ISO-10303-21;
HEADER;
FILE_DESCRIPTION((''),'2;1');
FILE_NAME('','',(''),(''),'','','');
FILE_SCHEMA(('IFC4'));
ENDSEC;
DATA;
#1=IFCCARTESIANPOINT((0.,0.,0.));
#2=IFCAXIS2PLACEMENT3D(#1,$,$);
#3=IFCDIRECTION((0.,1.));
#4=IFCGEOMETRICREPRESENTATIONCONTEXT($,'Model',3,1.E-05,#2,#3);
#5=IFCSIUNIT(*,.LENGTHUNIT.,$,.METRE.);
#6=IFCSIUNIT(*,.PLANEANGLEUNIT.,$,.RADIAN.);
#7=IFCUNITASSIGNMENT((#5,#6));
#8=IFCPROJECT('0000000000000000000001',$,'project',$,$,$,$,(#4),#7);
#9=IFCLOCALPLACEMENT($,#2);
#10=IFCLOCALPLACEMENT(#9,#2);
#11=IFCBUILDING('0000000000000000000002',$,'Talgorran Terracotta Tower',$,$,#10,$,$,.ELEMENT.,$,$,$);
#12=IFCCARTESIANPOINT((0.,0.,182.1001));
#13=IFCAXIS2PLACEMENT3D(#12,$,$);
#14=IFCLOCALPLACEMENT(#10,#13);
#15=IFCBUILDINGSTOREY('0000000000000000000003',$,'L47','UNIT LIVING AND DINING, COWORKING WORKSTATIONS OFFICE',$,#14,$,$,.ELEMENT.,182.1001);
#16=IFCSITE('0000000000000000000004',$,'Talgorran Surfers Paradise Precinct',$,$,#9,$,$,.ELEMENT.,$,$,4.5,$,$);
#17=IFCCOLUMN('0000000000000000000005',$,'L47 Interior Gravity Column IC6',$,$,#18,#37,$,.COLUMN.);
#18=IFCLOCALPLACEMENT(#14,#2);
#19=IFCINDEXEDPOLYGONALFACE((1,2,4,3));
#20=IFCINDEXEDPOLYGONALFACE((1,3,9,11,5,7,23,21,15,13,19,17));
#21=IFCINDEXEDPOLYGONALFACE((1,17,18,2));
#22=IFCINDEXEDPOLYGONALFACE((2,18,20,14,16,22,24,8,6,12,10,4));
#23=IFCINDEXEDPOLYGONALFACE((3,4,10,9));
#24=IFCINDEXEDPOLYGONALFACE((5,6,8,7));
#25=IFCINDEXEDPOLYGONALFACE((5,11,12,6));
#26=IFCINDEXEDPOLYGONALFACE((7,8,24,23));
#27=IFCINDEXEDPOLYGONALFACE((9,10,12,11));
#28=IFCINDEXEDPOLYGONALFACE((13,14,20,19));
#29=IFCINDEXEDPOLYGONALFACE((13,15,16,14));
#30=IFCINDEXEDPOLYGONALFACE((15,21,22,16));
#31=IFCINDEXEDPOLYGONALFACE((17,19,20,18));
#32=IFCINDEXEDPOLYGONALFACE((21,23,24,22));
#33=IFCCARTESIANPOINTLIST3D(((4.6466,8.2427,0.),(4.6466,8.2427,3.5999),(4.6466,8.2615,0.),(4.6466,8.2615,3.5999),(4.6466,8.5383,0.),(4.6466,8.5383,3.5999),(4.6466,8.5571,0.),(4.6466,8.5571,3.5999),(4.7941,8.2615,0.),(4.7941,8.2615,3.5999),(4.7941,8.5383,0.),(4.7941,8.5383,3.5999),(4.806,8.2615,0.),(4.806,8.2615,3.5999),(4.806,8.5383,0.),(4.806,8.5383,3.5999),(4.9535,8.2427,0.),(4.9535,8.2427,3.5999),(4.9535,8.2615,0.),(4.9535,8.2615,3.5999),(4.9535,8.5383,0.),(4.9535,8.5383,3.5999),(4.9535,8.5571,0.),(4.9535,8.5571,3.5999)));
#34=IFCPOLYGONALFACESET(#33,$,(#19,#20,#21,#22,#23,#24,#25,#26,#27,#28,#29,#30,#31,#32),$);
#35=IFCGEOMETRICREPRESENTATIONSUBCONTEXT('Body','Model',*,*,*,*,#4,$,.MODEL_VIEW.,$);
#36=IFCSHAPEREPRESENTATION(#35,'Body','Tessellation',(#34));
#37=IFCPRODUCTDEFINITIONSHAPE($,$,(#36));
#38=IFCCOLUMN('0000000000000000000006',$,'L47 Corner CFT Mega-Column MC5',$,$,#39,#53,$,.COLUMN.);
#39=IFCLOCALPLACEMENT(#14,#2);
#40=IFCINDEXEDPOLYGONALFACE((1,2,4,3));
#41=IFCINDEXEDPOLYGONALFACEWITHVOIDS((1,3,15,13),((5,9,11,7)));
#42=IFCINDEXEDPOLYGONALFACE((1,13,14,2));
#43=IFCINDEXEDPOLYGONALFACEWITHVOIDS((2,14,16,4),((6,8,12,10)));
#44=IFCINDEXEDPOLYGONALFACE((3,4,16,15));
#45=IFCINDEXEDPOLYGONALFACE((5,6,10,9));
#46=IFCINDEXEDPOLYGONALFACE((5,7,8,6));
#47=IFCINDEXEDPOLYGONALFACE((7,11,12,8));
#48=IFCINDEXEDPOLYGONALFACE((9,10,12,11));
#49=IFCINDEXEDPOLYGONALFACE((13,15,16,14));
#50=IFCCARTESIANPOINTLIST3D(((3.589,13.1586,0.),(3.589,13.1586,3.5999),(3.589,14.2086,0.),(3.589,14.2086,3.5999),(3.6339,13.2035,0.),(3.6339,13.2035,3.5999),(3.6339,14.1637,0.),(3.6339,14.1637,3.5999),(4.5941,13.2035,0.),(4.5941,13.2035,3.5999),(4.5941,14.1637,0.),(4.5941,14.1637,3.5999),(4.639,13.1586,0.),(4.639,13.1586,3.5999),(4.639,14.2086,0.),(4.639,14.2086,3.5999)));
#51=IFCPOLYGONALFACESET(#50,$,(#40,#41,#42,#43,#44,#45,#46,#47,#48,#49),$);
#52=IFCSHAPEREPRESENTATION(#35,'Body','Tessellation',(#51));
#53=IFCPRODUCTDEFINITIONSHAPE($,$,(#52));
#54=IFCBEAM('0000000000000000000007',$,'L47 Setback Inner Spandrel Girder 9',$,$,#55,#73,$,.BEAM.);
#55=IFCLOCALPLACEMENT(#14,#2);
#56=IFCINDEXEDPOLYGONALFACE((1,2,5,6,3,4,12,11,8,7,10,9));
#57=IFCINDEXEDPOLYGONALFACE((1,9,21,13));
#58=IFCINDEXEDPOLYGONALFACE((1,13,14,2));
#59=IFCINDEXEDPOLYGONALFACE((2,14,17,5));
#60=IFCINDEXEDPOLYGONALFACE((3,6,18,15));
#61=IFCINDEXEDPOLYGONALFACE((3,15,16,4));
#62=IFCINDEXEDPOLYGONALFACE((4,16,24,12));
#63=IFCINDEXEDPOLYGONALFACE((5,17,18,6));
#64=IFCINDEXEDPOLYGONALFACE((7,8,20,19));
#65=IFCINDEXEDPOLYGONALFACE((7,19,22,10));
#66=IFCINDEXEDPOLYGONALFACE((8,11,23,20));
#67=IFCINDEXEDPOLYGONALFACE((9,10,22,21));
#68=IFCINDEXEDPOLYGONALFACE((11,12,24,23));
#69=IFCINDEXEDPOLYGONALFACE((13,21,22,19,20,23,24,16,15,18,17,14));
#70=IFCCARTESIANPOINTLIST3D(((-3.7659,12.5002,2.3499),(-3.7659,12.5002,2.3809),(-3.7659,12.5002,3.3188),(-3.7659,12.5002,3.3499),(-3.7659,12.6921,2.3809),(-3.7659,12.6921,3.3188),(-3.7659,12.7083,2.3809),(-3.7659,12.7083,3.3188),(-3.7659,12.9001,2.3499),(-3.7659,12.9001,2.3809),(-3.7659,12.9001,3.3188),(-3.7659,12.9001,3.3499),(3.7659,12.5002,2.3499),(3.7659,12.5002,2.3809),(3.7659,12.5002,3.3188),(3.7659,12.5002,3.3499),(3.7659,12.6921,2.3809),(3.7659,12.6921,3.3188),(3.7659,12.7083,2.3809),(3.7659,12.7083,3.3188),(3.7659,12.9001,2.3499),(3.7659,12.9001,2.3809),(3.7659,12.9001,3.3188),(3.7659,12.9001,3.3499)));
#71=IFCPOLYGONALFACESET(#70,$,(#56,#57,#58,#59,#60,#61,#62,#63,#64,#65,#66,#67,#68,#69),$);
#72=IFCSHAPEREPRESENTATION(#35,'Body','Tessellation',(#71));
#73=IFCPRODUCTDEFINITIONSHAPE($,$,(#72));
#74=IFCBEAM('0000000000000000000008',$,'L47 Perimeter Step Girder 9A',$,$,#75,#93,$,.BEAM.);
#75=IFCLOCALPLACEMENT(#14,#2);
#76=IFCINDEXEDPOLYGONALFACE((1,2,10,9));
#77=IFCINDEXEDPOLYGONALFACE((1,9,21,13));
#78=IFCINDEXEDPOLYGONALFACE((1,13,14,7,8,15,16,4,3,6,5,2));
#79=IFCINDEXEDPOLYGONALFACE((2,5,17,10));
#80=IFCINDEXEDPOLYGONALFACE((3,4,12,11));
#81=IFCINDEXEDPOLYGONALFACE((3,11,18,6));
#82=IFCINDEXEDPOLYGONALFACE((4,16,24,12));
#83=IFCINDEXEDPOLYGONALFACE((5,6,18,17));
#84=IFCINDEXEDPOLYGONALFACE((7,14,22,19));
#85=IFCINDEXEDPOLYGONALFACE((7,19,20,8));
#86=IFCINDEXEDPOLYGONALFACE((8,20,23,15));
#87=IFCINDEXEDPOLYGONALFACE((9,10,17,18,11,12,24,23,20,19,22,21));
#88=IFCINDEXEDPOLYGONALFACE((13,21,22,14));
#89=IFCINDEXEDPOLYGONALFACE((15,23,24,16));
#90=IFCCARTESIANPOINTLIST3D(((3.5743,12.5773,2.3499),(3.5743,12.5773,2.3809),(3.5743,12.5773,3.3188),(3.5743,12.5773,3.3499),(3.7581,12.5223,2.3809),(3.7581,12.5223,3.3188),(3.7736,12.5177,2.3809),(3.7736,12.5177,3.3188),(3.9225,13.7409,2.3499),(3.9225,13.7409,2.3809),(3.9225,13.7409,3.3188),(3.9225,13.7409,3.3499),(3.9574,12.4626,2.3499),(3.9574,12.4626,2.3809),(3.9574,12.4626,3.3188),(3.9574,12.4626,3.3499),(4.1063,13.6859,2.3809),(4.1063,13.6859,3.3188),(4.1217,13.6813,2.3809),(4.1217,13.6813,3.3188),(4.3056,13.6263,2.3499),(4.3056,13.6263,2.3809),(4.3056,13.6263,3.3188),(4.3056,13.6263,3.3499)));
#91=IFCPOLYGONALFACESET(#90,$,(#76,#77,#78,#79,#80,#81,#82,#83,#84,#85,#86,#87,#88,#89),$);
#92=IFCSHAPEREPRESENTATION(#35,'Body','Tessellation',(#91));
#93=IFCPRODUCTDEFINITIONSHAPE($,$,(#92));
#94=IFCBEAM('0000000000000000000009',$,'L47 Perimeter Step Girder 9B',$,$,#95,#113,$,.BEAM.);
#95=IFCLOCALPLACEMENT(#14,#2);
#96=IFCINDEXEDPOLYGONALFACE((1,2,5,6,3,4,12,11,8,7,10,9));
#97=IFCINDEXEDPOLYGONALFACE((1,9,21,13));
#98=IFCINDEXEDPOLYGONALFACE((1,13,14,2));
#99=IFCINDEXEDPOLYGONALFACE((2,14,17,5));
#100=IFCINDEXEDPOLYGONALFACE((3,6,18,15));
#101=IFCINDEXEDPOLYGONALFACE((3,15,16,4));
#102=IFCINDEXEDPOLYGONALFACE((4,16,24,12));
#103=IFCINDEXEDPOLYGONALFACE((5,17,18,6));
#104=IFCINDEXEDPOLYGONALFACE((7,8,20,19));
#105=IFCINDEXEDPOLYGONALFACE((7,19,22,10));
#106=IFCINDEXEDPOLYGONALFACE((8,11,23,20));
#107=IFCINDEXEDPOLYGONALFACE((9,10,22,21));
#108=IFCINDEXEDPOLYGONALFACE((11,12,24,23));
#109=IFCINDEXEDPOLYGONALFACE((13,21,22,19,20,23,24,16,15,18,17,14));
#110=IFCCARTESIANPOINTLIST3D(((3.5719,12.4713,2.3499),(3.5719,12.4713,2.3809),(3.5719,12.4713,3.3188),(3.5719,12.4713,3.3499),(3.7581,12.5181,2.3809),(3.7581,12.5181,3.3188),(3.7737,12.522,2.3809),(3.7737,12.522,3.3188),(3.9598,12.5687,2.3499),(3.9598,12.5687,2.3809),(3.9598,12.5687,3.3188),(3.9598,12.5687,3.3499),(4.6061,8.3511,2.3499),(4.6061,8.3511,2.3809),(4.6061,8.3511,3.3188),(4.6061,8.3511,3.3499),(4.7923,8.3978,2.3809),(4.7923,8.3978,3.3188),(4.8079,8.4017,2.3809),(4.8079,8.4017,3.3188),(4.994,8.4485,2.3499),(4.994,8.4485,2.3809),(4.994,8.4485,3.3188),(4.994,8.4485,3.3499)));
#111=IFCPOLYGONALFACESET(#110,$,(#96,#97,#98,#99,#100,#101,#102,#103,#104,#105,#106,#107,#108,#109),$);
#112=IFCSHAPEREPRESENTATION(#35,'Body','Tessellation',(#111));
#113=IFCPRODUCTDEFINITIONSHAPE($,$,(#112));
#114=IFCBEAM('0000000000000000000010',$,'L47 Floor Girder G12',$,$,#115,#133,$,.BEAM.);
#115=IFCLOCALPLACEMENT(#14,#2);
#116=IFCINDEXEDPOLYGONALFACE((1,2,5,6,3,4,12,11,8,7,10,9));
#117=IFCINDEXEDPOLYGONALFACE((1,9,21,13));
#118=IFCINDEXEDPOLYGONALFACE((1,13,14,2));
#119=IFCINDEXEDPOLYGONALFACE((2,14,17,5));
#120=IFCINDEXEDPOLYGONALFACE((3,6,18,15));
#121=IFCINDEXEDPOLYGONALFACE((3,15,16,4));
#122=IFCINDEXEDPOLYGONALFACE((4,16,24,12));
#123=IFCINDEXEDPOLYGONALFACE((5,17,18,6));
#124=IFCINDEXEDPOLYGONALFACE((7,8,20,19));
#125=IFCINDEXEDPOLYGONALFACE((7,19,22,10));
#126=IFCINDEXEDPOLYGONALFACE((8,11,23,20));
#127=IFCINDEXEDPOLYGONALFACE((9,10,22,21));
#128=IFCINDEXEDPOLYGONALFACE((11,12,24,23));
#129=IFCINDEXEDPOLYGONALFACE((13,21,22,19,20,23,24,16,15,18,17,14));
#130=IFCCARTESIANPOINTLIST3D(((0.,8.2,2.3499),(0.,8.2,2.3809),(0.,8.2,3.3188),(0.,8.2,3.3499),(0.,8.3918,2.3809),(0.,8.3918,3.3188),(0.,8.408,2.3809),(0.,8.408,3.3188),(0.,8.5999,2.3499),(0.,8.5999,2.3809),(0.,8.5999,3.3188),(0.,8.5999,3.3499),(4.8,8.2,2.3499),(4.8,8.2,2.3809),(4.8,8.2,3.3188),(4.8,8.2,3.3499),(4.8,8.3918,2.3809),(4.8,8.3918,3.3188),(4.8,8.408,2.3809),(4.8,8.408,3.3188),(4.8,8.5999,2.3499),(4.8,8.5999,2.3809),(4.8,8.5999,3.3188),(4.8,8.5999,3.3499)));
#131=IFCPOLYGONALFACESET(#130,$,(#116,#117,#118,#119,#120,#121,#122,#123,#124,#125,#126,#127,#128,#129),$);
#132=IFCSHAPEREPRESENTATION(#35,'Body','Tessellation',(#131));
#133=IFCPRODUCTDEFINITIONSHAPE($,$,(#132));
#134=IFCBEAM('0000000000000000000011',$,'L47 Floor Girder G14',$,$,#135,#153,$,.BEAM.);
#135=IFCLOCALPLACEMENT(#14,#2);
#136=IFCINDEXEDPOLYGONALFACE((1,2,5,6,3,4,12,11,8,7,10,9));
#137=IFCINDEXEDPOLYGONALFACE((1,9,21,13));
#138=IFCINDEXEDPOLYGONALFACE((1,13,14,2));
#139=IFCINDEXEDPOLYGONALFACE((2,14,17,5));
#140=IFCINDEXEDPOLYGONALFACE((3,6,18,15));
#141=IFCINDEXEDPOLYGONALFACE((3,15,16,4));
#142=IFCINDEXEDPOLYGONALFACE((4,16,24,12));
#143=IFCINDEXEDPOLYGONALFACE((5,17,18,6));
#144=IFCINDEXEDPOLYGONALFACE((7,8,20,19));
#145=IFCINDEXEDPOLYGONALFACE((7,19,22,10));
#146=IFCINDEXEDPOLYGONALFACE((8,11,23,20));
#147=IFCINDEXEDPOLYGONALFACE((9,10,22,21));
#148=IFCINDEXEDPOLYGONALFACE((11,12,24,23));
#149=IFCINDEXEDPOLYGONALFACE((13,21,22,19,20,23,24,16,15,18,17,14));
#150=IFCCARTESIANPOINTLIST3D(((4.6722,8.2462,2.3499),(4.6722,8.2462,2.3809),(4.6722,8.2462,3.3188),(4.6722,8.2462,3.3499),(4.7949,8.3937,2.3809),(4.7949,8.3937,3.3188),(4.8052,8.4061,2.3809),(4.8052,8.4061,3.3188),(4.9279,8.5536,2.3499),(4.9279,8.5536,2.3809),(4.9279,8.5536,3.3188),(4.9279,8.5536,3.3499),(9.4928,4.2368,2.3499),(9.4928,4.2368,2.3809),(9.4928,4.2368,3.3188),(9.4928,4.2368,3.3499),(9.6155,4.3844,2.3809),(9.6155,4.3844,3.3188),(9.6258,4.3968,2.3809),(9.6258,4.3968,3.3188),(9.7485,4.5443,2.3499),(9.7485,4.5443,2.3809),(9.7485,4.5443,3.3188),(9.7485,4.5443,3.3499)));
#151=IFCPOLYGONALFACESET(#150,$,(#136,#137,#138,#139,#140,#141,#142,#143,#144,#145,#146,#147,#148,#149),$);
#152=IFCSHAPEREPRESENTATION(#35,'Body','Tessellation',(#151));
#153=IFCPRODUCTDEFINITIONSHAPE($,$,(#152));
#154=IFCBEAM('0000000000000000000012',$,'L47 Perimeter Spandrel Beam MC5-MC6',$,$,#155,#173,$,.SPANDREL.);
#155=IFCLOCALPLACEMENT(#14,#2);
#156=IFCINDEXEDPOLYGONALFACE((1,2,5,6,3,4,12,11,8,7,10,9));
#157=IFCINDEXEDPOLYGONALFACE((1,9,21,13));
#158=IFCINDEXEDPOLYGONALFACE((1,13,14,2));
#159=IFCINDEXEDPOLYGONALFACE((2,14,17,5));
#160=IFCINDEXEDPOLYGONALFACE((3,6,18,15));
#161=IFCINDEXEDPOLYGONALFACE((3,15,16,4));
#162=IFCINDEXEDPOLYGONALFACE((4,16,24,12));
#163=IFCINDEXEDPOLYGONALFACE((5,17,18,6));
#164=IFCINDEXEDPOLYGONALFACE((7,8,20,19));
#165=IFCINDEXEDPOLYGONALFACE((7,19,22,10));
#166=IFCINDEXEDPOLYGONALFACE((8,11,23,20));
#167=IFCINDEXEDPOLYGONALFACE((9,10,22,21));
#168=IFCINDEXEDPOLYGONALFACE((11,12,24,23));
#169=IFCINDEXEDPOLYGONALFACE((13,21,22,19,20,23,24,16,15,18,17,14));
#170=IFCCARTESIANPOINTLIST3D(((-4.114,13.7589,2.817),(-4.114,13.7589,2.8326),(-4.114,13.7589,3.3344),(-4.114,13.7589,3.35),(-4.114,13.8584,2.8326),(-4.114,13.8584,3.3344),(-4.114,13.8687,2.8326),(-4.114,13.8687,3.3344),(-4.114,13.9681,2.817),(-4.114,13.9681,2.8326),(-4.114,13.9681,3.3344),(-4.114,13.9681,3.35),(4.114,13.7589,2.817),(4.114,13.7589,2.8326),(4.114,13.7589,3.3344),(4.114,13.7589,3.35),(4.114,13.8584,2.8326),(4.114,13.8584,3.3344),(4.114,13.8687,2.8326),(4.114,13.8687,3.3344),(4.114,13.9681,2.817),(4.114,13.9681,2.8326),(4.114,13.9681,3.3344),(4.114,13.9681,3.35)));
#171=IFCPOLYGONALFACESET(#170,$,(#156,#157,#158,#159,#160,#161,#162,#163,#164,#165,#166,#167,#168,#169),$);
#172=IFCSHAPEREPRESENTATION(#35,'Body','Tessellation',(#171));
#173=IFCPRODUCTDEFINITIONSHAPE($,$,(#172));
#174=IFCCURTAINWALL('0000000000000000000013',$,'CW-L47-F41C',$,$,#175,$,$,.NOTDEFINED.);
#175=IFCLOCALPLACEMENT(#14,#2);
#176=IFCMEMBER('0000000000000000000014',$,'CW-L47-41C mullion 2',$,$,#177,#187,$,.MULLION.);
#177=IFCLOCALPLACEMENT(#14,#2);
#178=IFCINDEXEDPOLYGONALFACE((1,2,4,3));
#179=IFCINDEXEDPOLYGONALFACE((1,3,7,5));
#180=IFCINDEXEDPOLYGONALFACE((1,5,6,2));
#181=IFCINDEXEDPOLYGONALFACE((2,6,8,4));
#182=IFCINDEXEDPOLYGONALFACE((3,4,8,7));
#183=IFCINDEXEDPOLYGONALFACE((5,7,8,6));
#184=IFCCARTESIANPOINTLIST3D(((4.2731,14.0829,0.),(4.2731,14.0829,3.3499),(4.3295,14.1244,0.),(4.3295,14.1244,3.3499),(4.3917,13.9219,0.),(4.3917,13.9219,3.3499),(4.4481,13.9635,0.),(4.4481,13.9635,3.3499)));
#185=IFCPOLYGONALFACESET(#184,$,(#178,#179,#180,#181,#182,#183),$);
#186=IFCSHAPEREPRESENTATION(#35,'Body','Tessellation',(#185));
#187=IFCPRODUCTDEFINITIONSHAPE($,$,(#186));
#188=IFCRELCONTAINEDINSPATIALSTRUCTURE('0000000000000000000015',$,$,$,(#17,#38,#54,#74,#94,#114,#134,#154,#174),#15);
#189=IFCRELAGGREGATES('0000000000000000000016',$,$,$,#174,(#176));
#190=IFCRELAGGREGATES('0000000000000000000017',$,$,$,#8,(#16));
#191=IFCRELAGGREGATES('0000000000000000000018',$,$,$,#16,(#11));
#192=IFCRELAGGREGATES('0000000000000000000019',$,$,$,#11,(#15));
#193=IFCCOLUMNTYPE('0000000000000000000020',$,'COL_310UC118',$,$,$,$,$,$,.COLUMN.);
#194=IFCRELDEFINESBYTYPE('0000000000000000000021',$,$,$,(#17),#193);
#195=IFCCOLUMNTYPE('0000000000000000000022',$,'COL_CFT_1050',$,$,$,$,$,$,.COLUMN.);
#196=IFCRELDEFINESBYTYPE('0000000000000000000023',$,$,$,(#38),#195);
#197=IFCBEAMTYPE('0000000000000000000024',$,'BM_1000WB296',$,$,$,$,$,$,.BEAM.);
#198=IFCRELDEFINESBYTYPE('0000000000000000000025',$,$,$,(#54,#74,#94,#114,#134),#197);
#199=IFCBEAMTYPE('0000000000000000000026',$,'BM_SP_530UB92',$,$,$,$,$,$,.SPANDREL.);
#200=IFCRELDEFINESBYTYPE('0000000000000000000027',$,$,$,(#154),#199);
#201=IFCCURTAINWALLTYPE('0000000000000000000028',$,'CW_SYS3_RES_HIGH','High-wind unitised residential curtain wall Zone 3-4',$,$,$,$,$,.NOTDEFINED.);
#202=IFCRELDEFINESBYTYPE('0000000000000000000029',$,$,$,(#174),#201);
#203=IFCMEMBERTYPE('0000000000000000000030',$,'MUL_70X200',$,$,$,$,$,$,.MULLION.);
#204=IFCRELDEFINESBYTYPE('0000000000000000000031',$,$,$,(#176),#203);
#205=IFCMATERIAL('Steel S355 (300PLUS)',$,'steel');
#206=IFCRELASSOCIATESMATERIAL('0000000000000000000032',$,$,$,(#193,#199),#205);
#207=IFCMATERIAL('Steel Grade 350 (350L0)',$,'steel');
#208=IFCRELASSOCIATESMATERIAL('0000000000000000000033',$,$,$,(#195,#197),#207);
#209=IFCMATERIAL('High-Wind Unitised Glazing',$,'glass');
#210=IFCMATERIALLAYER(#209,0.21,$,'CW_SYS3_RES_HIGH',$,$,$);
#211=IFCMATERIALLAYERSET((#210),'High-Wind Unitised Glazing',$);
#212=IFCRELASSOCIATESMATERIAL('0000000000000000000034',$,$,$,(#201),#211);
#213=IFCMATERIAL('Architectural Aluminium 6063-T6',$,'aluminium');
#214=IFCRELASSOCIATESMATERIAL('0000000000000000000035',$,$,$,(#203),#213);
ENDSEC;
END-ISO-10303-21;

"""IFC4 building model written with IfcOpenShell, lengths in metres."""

from ifc_helpers import new_model, si_unit, direction, frame, origin, origin_2d, place, context, subcontext, project, spatial, rectangle, hollow_rectangle, i_section, extrude, material, layer, layer_set, material_profile, profile_set, type_object, element, aggregate, save


model = new_model("IFC4")

# Units and contexts
model_context = context("Model", 3, precision=1e-05, world=origin(), true_north=direction((0.0, 1.0)))
body_context = subcontext(model_context, "Body", "Model", "MODEL_VIEW")
ifc_project = project(units=[si_unit("LENGTHUNIT", "METRE"), si_unit("PLANEANGLEUNIT", "RADIAN")], contexts=[model_context])

# Site, building, storey
site_placement = place(None, origin())
site = spatial("IfcSite", under=ifc_project, at=site_placement, Name="Talgorran Surfers Paradise Precinct", CompositionType="ELEMENT", RefElevation=4.5)
building_placement = place(site_placement, origin())
building = spatial("IfcBuilding", under=site, at=building_placement, Name="Talgorran Terracotta Tower", CompositionType="ELEMENT")
storey_placement = place(building_placement, frame((0.0, 0.0, 182.1001)))
storey = spatial("IfcBuildingStorey", under=building, at=storey_placement, Name="L47", Description="UNIT LIVING AND DINING, COWORKING WORKSTATIONS OFFICE", CompositionType="ELEMENT", Elevation=182.1001)

# Columns
ifc_material_1 = material(Name="Steel S355 (300PLUS)", Category="steel")
ifc_material_profile_1 = material_profile(ifc_material_1, i_section(OverallWidth=0.3069, OverallDepth=0.3145, WebThickness=0.012, FlangeThickness=0.0188, at=origin_2d()), Name="310UC118")
ifc_profile_set_1 = profile_set([ifc_material_profile_1], Name="Steel S355 (300PLUS)")
column_type_1 = type_object("IfcColumnType", Name="COL_310UC118", PredefinedType="COLUMN", material=ifc_profile_set_1)
column_1_placement = place(storey_placement, frame((4.8, 8.3999, 0.0), z_axis=(0.0, 0.0, 1.0), x_axis=(1.0, 0.0, 0.0)))
element("IfcColumn", 1, at=column_1_placement, inside=storey, type_object=column_type_1, Name="L47 Interior Gravity Column IC6", PredefinedType="COLUMN", context=body_context, shape_type="SweptSolid", body=[
    extrude(i_section(OverallWidth=0.3069, OverallDepth=0.3145, WebThickness=0.012, FlangeThickness=0.0188, at=origin_2d()), origin(), (0.0, 0.0, 1.0), 3.5999),
])
ifc_material_2 = material(Name="Steel Grade 350 (350L0)", Category="steel")
ifc_material_profile_2 = material_profile(ifc_material_2, hollow_rectangle(XDim=1.05, YDim=1.05, WallThickness=0.0449, at=origin_2d()), Name="CFT1050X1050X45")
ifc_profile_set_2 = profile_set([ifc_material_profile_2], Name="Steel Grade 350 (350L0)")
column_type_2 = type_object("IfcColumnType", Name="COL_CFT_1050", PredefinedType="COLUMN", material=ifc_profile_set_2)
column_2_placement = place(storey_placement, frame((4.114, 13.6836, 0.0), z_axis=(0.0, 0.0, 1.0), x_axis=(1.0, 0.0, 0.0)))
element("IfcColumn", 2, at=column_2_placement, inside=storey, type_object=column_type_2, Name="L47 Corner CFT Mega-Column MC5", PredefinedType="COLUMN", context=body_context, shape_type="SweptSolid", body=[
    extrude(hollow_rectangle(XDim=1.05, YDim=1.05, WallThickness=0.0449, at=origin_2d()), origin(), (0.0, 0.0, 1.0), 3.5999),
])

# Beams
ifc_material_profile_3 = material_profile(ifc_material_2, i_section(OverallWidth=0.3999, OverallDepth=1.0, WebThickness=0.0161, FlangeThickness=0.031, at=origin_2d()), Name="1000WB296")
ifc_profile_set_3 = profile_set([ifc_material_profile_3], Name="Steel Grade 350 (350L0)")
beam_type_1 = type_object("IfcBeamType", Name="BM_1000WB296", PredefinedType="BEAM", material=ifc_profile_set_3)
beam_1_placement = place(storey_placement, frame((3.7659, 12.7002, 2.8499), z_axis=(-1.0, 0.0, 0.0), x_axis=(0.0, -1.0, 0.0)))
element("IfcBeam", 3, at=beam_1_placement, inside=storey, type_object=beam_type_1, Name="L47 Setback Inner Spandrel Girder 9", PredefinedType="BEAM", context=body_context, shape_type="SweptSolid", body=[
    extrude(i_section(OverallWidth=0.3999, OverallDepth=1.0, WebThickness=0.0161, FlangeThickness=0.031, at=origin_2d()), origin(), (0.0, 0.0, 1.0), 7.5317),
])
beam_2_placement = place(storey_placement, frame((4.114, 13.6836, 2.8499), z_axis=(-0.286647, -0.958036, 0.0), x_axis=(0.958036, -0.286647, 0.0)))
element("IfcBeam", 4, at=beam_2_placement, inside=storey, type_object=beam_type_1, Name="L47 Perimeter Step Girder 9A", PredefinedType="BEAM", context=body_context, shape_type="SweptSolid", body=[
    extrude(i_section(OverallWidth=0.3999, OverallDepth=1.0, WebThickness=0.0161, FlangeThickness=0.031, at=origin_2d()), origin(), (0.0, 0.0, 1.0), 1.2146),
])
beam_3_placement = place(storey_placement, frame((3.7659, 12.52, 2.8499), z_axis=(0.243455, -0.969912, 0.0), x_axis=(0.969912, 0.243455, 0.0)))
element("IfcBeam", 5, at=beam_3_placement, inside=storey, type_object=beam_type_1, Name="L47 Perimeter Step Girder 9B", PredefinedType="BEAM", context=body_context, shape_type="SweptSolid", body=[
    extrude(i_section(OverallWidth=0.3999, OverallDepth=1.0, WebThickness=0.0161, FlangeThickness=0.031, at=origin_2d()), origin(), (0.0, 0.0, 1.0), 4.248),
])
beam_4_placement = place(storey_placement, frame((0.0, 8.3999, 2.8499), z_axis=(1.0, 0.0, 0.0), x_axis=(0.0, 1.0, 0.0)))
element("IfcBeam", 6, at=beam_4_placement, inside=storey, type_object=beam_type_1, Name="L47 Floor Girder G12", PredefinedType="BEAM", context=body_context, shape_type="SweptSolid", body=[
    extrude(i_section(OverallWidth=0.3999, OverallDepth=1.0, WebThickness=0.0161, FlangeThickness=0.031, at=origin_2d()), origin(), (0.0, 0.0, 1.0), 4.8),
])
beam_5_placement = place(storey_placement, frame((4.8, 8.3999, 2.8499), z_axis=(0.768837, -0.639445, 0.0), x_axis=(0.639445, 0.768837, 0.0)))
element("IfcBeam", 7, at=beam_5_placement, inside=storey, type_object=beam_type_1, Name="L47 Floor Girder G14", PredefinedType="BEAM", context=body_context, shape_type="SweptSolid", body=[
    extrude(i_section(OverallWidth=0.3999, OverallDepth=1.0, WebThickness=0.0161, FlangeThickness=0.031, at=origin_2d()), origin(), (0.0, 0.0, 1.0), 6.27),
])
ifc_material_profile_4 = material_profile(ifc_material_1, i_section(OverallWidth=0.2092, OverallDepth=0.533, WebThickness=0.0103, FlangeThickness=0.0156, at=origin_2d()), Name="530UB92.4")
ifc_profile_set_4 = profile_set([ifc_material_profile_4], Name="Steel S355 (300PLUS)")
beam_type_2 = type_object("IfcBeamType", Name="BM_SP_530UB92", PredefinedType="SPANDREL", material=ifc_profile_set_4)
beam_6_placement = place(storey_placement, frame((4.114, 13.8635, 3.0835), z_axis=(-1.0, 0.0, 0.0), x_axis=(0.0, -1.0, 0.0)))
element("IfcBeam", 8, at=beam_6_placement, inside=storey, type_object=beam_type_2, Name="L47 Perimeter Spandrel Beam MC5-MC6", PredefinedType="SPANDREL", context=body_context, shape_type="SweptSolid", body=[
    extrude(i_section(OverallWidth=0.2092, OverallDepth=0.533, WebThickness=0.0103, FlangeThickness=0.0156, at=origin_2d()), origin(), (0.0, 0.0, 1.0), 8.228),
])

# Curtain wall, member
ifc_material_3 = material(Name="High-Wind Unitised Glazing", Category="glass")
ifc_layer_1 = layer(ifc_material_3, 0.21, Name="CW_SYS3_RES_HIGH")
ifc_layer_set_1 = layer_set([ifc_layer_1], Name="High-Wind Unitised Glazing")
curtain_wall_type = type_object("IfcCurtainWallType", Name="CW_SYS3_RES_HIGH", Description="High-wind unitised residential curtain wall Zone 3-4", PredefinedType="NOTDEFINED", material=ifc_layer_set_1)
curtain_wall_1_placement = place(storey_placement, origin())
curtain_wall_1 = element("IfcCurtainWall", 9, at=curtain_wall_1_placement, inside=storey, type_object=curtain_wall_type, Name="CW-L47-F41C", PredefinedType="NOTDEFINED")
ifc_material_4 = material(Name="Architectural Aluminium 6063-T6", Category="aluminium")
ifc_material_profile_5 = material_profile(ifc_material_4, rectangle(XDim=0.0701, YDim=0.2, at=origin_2d()), Name="CWM70X200")
ifc_profile_set_5 = profile_set([ifc_material_profile_5], Name="Architectural Aluminium 6063-T6")
member_type_1 = type_object("IfcMemberType", Name="MUL_70X200", PredefinedType="MULLION", material=ifc_profile_set_5)
member_1_placement = place(storey_placement, frame((4.3606, 14.0232, 0.0), z_axis=(0.0, 0.0, 1.0), x_axis=(-0.804834, -0.593501, 0.0)))
member_1 = element("IfcMember", 10, at=member_1_placement, type_object=member_type_1, Name="CW-L47-41C mullion 2", PredefinedType="MULLION", context=body_context, shape_type="SweptSolid", body=[
    extrude(rectangle(XDim=0.0701, YDim=0.2, at=origin_2d()), origin(), (0.0, 0.0, 1.0), 3.3499),
])

aggregate(curtain_wall_1, [member_1])

save(model, "model.ifc")
